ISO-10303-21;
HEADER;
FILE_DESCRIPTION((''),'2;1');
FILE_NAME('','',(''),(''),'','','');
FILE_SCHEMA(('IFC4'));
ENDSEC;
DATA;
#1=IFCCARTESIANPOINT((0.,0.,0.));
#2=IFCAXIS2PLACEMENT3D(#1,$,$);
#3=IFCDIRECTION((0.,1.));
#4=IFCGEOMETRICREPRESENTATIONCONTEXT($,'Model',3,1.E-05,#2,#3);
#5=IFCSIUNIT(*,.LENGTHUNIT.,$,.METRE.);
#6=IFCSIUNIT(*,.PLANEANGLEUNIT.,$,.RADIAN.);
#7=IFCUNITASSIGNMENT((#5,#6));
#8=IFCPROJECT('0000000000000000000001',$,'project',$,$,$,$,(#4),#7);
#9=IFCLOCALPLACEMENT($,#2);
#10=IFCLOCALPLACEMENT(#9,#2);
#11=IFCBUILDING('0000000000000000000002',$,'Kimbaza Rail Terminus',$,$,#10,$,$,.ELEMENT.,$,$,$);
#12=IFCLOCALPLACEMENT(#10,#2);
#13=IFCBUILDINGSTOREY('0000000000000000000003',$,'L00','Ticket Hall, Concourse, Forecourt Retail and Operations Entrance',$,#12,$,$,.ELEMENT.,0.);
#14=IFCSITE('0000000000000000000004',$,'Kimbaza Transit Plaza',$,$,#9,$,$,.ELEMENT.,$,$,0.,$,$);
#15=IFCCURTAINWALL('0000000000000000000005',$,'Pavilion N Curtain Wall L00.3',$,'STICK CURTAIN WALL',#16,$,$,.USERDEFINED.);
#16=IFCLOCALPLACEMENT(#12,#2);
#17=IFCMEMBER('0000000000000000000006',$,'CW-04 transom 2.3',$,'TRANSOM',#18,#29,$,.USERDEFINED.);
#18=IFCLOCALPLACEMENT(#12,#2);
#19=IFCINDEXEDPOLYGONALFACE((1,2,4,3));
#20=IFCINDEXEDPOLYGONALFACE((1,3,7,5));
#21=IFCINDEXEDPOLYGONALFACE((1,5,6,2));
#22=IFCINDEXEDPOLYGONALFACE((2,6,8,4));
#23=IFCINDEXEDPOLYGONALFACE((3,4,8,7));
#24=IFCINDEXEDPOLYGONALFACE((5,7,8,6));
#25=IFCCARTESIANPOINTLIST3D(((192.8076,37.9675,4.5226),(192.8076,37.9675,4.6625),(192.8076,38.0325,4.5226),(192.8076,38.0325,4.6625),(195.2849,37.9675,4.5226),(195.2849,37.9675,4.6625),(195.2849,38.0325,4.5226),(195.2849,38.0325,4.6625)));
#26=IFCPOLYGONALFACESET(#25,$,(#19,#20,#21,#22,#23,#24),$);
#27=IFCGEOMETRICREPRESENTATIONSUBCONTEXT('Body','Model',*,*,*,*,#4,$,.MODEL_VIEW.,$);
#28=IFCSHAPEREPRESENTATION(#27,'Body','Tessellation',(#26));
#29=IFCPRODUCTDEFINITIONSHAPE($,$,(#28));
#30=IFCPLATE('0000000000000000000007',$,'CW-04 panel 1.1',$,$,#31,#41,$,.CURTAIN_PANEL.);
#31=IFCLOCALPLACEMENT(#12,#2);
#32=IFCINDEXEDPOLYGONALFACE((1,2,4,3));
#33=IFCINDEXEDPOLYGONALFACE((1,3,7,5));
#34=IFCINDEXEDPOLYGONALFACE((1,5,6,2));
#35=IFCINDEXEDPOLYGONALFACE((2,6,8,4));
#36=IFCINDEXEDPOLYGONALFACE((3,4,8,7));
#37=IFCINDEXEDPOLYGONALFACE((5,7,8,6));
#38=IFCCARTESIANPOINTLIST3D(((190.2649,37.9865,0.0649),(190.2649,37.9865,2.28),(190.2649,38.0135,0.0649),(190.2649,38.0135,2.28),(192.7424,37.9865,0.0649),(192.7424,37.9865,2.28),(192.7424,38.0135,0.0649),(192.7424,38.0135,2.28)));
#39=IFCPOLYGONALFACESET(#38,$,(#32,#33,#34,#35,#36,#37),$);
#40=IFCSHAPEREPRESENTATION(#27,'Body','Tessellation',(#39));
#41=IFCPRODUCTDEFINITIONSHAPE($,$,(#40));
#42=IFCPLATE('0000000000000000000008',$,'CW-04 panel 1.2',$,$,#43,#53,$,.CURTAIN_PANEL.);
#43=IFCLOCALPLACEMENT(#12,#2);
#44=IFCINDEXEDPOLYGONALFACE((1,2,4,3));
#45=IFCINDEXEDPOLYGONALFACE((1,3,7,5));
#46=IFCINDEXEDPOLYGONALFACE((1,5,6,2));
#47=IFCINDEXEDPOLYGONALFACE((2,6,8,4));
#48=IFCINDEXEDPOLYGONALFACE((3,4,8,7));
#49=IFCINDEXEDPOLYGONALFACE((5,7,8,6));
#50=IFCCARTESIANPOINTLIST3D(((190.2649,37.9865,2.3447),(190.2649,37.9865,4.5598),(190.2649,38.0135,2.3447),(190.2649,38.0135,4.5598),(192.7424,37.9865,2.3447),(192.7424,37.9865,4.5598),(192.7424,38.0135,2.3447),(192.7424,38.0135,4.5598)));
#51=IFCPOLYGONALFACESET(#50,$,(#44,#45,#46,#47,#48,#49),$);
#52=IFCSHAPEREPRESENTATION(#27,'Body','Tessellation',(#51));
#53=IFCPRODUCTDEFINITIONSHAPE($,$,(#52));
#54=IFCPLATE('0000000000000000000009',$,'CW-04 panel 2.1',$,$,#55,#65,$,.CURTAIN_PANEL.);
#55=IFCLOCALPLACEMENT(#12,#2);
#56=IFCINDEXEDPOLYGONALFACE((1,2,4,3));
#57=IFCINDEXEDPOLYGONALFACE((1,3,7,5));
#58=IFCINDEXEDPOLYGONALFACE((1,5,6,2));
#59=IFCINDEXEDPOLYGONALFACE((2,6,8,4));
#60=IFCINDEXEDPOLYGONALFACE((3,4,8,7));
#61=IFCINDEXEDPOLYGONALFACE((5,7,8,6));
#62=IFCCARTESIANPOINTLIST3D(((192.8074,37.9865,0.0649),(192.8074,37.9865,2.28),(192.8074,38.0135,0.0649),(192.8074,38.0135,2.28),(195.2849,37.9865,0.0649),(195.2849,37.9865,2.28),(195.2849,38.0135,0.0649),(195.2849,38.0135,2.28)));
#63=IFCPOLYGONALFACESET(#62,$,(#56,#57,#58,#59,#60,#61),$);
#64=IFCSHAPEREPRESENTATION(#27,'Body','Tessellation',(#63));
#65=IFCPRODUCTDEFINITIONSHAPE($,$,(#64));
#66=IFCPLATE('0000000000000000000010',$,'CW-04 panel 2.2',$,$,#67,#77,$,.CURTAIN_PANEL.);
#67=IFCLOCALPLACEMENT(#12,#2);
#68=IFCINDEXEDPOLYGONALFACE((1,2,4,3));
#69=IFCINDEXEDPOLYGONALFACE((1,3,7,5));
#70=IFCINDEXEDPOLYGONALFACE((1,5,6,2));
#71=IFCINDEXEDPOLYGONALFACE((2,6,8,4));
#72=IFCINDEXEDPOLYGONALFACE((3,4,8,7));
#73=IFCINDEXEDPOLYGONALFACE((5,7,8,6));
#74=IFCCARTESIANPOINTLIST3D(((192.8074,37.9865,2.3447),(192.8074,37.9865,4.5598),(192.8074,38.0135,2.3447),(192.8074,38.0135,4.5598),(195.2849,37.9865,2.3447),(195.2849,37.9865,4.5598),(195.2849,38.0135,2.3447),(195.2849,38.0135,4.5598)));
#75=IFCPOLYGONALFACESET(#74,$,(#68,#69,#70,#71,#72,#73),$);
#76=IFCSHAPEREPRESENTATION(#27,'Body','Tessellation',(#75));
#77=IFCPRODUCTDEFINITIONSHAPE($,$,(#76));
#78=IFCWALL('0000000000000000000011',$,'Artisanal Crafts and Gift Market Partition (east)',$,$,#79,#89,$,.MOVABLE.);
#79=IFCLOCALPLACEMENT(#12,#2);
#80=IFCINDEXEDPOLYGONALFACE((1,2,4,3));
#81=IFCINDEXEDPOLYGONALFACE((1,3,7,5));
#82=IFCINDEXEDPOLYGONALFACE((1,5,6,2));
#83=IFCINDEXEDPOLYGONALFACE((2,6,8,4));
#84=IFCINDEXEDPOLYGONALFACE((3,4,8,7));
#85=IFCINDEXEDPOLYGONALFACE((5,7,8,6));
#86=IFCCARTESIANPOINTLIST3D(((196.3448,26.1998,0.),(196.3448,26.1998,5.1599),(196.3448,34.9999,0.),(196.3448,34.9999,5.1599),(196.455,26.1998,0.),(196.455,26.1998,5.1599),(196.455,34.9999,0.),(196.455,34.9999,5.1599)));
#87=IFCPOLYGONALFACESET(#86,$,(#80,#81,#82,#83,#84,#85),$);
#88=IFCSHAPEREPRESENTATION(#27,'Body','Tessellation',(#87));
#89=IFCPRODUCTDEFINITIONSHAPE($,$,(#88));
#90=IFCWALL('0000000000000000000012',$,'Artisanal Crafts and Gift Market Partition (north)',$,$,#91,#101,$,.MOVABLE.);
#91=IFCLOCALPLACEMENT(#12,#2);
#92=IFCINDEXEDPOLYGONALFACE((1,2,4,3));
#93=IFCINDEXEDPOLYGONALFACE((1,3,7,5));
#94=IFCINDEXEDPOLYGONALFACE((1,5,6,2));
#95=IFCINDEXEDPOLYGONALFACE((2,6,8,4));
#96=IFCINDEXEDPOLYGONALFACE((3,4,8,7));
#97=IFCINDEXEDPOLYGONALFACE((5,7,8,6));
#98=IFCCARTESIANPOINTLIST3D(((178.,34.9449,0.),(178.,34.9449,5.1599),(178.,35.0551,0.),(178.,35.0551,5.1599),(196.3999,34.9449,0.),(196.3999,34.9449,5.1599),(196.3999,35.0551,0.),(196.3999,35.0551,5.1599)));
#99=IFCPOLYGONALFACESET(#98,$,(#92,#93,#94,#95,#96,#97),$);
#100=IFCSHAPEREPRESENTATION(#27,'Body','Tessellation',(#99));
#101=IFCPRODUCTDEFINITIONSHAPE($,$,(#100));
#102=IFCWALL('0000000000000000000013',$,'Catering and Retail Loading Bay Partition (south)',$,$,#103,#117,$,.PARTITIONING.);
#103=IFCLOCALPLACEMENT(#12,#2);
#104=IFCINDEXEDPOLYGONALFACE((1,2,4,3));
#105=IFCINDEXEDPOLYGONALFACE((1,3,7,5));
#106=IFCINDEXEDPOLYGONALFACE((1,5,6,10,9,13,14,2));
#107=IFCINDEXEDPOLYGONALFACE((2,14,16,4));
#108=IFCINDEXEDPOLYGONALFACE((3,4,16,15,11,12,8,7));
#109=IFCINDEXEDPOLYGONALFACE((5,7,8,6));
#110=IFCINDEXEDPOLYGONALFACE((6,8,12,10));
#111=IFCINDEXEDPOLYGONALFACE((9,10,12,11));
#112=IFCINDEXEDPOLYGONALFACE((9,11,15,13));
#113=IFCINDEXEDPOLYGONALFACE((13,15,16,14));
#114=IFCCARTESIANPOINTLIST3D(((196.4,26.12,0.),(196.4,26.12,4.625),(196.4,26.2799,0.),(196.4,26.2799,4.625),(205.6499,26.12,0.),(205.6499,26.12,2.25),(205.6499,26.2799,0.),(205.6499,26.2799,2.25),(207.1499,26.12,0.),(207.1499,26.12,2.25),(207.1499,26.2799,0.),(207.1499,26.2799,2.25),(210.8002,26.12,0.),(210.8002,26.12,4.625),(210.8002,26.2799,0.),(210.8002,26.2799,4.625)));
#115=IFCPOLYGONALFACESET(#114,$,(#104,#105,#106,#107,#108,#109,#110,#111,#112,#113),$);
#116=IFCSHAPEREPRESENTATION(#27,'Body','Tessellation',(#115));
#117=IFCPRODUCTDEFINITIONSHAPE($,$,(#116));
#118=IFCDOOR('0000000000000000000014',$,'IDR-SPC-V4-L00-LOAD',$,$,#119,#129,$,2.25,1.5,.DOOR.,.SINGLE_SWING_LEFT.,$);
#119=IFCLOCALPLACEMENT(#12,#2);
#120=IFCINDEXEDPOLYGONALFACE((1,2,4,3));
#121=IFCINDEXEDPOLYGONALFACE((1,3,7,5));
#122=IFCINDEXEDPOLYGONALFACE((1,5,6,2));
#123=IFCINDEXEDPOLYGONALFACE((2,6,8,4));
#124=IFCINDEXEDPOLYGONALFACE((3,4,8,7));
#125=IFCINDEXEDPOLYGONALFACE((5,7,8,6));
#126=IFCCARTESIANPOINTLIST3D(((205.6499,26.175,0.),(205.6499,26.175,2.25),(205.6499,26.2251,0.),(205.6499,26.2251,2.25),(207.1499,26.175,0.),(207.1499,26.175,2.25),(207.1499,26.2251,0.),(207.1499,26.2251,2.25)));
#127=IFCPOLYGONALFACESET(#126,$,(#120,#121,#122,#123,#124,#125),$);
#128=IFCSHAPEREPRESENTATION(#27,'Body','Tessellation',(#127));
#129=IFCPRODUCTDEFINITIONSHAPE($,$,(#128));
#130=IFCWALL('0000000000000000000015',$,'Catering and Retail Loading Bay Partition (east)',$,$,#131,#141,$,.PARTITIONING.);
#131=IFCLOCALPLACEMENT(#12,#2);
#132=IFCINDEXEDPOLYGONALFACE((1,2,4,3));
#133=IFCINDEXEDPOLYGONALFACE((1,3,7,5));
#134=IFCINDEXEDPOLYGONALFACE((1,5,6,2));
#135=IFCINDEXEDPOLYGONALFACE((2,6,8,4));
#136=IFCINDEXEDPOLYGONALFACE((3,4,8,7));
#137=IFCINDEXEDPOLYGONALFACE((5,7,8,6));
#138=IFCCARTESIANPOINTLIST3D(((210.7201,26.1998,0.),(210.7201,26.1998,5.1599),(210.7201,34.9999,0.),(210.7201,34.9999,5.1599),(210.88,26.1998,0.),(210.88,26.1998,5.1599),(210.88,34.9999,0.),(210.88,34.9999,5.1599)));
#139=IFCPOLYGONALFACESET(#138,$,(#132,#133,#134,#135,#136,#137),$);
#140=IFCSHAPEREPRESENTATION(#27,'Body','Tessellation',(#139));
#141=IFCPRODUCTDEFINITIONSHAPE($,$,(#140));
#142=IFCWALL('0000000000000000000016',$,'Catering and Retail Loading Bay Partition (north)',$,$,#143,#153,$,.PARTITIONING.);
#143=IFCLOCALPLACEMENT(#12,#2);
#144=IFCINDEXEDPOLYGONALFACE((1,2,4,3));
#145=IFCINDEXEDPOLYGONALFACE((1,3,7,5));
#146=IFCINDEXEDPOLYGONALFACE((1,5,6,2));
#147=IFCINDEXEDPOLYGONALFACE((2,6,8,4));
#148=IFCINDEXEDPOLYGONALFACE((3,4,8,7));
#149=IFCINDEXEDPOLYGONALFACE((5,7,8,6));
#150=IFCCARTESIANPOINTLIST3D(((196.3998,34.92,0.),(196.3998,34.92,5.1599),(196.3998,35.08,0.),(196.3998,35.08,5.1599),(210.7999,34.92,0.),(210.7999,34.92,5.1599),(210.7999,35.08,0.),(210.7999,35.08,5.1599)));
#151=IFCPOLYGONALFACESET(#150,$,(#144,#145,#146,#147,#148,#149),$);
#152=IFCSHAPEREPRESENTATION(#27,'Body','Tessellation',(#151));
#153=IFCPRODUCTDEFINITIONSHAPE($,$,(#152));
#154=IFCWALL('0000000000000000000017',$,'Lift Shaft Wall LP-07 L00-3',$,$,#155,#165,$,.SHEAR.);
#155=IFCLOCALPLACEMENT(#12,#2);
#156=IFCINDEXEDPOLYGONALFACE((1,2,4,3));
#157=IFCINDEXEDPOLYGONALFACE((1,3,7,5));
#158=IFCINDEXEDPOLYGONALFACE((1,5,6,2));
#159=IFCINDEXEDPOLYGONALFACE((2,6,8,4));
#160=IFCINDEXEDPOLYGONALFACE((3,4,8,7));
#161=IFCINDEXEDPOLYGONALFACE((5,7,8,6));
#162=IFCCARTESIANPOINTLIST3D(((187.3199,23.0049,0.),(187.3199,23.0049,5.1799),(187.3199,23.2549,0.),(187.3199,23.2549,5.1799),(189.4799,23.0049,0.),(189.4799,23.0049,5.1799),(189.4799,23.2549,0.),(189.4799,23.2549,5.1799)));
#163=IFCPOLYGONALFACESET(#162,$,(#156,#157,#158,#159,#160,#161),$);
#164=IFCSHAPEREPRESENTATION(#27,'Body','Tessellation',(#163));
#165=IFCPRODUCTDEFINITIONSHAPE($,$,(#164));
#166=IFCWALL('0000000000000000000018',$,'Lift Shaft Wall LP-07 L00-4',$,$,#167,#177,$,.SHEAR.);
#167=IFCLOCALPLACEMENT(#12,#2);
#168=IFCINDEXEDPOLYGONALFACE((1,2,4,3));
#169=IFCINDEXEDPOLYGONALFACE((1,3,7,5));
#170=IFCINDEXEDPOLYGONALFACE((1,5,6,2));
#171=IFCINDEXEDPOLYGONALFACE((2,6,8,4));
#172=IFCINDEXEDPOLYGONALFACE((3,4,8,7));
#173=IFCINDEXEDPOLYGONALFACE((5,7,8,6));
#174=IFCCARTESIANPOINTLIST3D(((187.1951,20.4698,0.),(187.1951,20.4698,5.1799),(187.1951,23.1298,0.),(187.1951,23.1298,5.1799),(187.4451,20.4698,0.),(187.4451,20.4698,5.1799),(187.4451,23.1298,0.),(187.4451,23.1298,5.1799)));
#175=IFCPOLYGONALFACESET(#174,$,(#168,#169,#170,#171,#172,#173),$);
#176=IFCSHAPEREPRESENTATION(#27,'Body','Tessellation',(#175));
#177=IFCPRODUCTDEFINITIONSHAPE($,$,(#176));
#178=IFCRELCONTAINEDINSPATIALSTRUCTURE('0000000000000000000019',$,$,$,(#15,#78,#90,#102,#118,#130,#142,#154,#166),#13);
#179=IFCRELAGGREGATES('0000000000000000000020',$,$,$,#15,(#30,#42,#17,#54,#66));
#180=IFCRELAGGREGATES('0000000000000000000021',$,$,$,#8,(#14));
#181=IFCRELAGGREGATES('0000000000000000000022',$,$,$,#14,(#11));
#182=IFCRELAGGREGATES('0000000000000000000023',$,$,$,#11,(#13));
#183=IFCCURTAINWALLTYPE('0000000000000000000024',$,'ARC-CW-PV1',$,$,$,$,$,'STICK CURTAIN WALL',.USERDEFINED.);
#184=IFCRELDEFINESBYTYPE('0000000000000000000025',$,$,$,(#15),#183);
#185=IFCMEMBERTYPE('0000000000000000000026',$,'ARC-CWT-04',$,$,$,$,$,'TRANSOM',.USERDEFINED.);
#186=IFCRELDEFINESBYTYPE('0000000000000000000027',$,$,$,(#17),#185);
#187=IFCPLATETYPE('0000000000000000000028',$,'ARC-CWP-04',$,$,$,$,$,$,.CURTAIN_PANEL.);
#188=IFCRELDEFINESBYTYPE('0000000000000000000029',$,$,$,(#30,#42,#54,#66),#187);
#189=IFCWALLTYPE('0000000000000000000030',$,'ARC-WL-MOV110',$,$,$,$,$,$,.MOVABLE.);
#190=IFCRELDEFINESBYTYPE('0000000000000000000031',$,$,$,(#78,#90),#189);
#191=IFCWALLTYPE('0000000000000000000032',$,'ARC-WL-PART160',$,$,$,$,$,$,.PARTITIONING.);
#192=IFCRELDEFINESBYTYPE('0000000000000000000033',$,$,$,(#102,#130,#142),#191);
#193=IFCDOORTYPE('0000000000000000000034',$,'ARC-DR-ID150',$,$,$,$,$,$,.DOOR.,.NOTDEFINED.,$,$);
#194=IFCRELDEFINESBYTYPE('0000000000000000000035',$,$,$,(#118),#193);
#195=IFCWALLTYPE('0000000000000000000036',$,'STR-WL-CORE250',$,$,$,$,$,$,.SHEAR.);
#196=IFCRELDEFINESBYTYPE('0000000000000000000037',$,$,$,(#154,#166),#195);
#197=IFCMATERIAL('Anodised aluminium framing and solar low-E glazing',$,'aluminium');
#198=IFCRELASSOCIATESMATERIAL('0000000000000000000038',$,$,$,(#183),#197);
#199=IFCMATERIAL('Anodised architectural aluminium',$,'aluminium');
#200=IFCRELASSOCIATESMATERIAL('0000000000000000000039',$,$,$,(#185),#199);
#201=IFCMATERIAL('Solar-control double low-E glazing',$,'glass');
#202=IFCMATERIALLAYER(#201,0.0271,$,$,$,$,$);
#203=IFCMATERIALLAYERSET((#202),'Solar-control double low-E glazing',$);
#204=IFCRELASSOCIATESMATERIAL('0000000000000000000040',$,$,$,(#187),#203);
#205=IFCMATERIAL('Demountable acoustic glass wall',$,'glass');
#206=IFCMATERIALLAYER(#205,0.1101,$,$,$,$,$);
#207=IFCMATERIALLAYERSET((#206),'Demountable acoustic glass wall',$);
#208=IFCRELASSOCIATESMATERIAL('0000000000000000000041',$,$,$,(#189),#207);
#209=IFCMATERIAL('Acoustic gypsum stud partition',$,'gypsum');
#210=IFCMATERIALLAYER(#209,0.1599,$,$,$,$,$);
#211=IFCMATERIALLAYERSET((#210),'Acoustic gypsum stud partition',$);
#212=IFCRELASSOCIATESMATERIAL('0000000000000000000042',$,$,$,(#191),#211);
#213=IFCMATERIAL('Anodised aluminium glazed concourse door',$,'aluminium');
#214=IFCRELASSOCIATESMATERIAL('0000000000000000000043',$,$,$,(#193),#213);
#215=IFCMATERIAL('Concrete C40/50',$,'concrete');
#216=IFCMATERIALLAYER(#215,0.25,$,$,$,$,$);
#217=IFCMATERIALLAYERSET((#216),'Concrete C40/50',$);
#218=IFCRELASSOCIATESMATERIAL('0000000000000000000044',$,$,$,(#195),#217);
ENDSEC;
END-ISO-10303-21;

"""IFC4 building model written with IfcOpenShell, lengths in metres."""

from ifc_helpers import new_model, si_unit, direction, frame, frame_2d, origin, origin_2d, place, context, subcontext, project, spatial, rectangle, extrude, material, layer, layer_set, material_profile, profile_set, type_object, element, fill, aggregate, save


model = new_model("IFC4")

# Units and contexts
model_context = context("Model", 3, precision=1e-05, world=origin(), true_north=direction((0.0, 1.0)))
body_context = subcontext(model_context, "Body", "Model", "MODEL_VIEW")
ifc_project = project(units=[si_unit("LENGTHUNIT", "METRE"), si_unit("PLANEANGLEUNIT", "RADIAN")], contexts=[model_context])

# Site, building, storey
site_placement = place(None, origin())
site = spatial("IfcSite", under=ifc_project, at=site_placement, Name="Kimbaza Transit Plaza", CompositionType="ELEMENT", RefElevation=0.0)
building_placement = place(site_placement, origin())
building = spatial("IfcBuilding", under=site, at=building_placement, Name="Kimbaza Rail Terminus", CompositionType="ELEMENT")
storey_placement = place(building_placement, origin())
storey = spatial("IfcBuildingStorey", under=building, at=storey_placement, Name="L00", Description="Ticket Hall, Concourse, Forecourt Retail and Operations Entrance", CompositionType="ELEMENT", Elevation=0.0)

# Curtain wall, member, plates
ifc_material_1 = material(Name="Anodised aluminium framing and solar low-E glazing", Category="aluminium")
curtain_wall_type = type_object("IfcCurtainWallType", Name="ARC-CW-PV1", ElementType="STICK CURTAIN WALL", PredefinedType="USERDEFINED", material=ifc_material_1)
curtain_wall_placement = place(storey_placement, origin())
curtain_wall = element("IfcCurtainWall", 1, at=curtain_wall_placement, inside=storey, type_object=curtain_wall_type, Name="Pavilion N Curtain Wall L00.3", ObjectType="STICK CURTAIN WALL", PredefinedType="USERDEFINED")
ifc_material_2 = material(Name="Anodised architectural aluminium", Category="aluminium")
ifc_material_profile_1 = material_profile(ifc_material_2, rectangle(XDim=0.0649, YDim=0.1399, at=origin_2d()), Name="TRANSOM 65x140")
ifc_profile_set_1 = profile_set([ifc_material_profile_1], Name="Anodised architectural aluminium")
member_type_1 = type_object("IfcMemberType", Name="ARC-CWT-04", ElementType="TRANSOM", PredefinedType="USERDEFINED", material=ifc_profile_set_1)
member_1_placement = place(storey_placement, frame((192.8076, 38.0, 4.5925), z_axis=(1.0, 0.0, 0.0), x_axis=(0.0, 1.0, 0.0)))
member_1 = element("IfcMember", 2, at=member_1_placement, type_object=member_type_1, Name="CW-04 transom 2.3", ObjectType="TRANSOM", PredefinedType="USERDEFINED", context=body_context, shape_type="SweptSolid", body=[
    extrude(rectangle(XDim=0.0649, YDim=0.1399, at=origin_2d()), origin(), (0.0, 0.0, 1.0), 2.4773),
])
ifc_material_3 = material(Name="Solar-control double low-E glazing", Category="glass")
ifc_layer_1 = layer(ifc_material_3, 0.0271)
ifc_layer_set_1 = layer_set([ifc_layer_1], Name="Solar-control double low-E glazing")
plate_type = type_object("IfcPlateType", Name="ARC-CWP-04", PredefinedType="CURTAIN_PANEL", material=ifc_layer_set_1)
plate_1_placement = place(storey_placement, frame((191.5037, 38.0, 0.0649), z_axis=(0.0, 0.0, 1.0), x_axis=(1.0, 0.0, 0.0)))
plate_1 = element("IfcPlate", 3, at=plate_1_placement, type_object=plate_type, Name="CW-04 panel 1.1", PredefinedType="CURTAIN_PANEL", context=body_context, shape_type="SweptSolid", body=[
    extrude(rectangle(XDim=2.4775, YDim=0.0271, at=origin_2d()), origin(), (0.0, 0.0, 1.0), 2.2151),
])
plate_2_placement = place(storey_placement, frame((191.5037, 38.0, 2.3447), z_axis=(0.0, 0.0, 1.0), x_axis=(1.0, 0.0, 0.0)))
plate_2 = element("IfcPlate", 4, at=plate_2_placement, type_object=plate_type, Name="CW-04 panel 1.2", PredefinedType="CURTAIN_PANEL", context=body_context, shape_type="SweptSolid", body=[
    extrude(rectangle(XDim=2.4775, YDim=0.0271, at=origin_2d()), origin(), (0.0, 0.0, 1.0), 2.2151),
])
plate_3_placement = place(storey_placement, frame((194.0461, 38.0, 0.0649), z_axis=(0.0, 0.0, 1.0), x_axis=(1.0, 0.0, 0.0)))
plate_3 = element("IfcPlate", 5, at=plate_3_placement, type_object=plate_type, Name="CW-04 panel 2.1", PredefinedType="CURTAIN_PANEL", context=body_context, shape_type="SweptSolid", body=[
    extrude(rectangle(XDim=2.4775, YDim=0.0271, at=origin_2d()), origin(), (0.0, 0.0, 1.0), 2.2151),
])
plate_4_placement = place(storey_placement, frame((194.0461, 38.0, 2.3447), z_axis=(0.0, 0.0, 1.0), x_axis=(1.0, 0.0, 0.0)))
plate_4 = element("IfcPlate", 6, at=plate_4_placement, type_object=plate_type, Name="CW-04 panel 2.2", PredefinedType="CURTAIN_PANEL", context=body_context, shape_type="SweptSolid", body=[
    extrude(rectangle(XDim=2.4775, YDim=0.0271, at=origin_2d()), origin(), (0.0, 0.0, 1.0), 2.2151),
])
aggregate(curtain_wall, [plate_1, plate_2, member_1, plate_3, plate_4])

# Walls
ifc_material_4 = material(Name="Demountable acoustic glass wall", Category="glass")
ifc_layer_2 = layer(ifc_material_4, 0.1101)
ifc_layer_set_2 = layer_set([ifc_layer_2], Name="Demountable acoustic glass wall")
wall_type_1 = type_object("IfcWallType", Name="ARC-WL-MOV110", PredefinedType="MOVABLE", material=ifc_layer_set_2)
wall_1_placement = place(storey_placement, frame((196.3999, 26.2, 0.0), z_axis=(0.0, 0.0, 1.0), x_axis=(0.0, 1.0, 0.0)))
element("IfcWall", 7, at=wall_1_placement, inside=storey, type_object=wall_type_1, Name="Artisanal Crafts and Gift Market Partition (east)", PredefinedType="MOVABLE", context=body_context, shape_type="SweptSolid", body=[
    extrude(rectangle(XDim=8.8, YDim=0.1101, at=frame_2d((4.3999, 0.0))), origin(), (0.0, 0.0, 1.0), 5.1599),
])
wall_2_placement = place(storey_placement, frame((196.3999, 35.0, 0.0), z_axis=(0.0, 0.0, 1.0), x_axis=(-1.0, 0.0, 0.0)))
element("IfcWall", 8, at=wall_2_placement, inside=storey, type_object=wall_type_1, Name="Artisanal Crafts and Gift Market Partition (north)", PredefinedType="MOVABLE", context=body_context, shape_type="SweptSolid", body=[
    extrude(rectangle(XDim=18.3999, YDim=0.1101, at=frame_2d((9.2, 0.0))), origin(), (0.0, 0.0, 1.0), 5.1599),
])

# Wall, opening, door
ifc_material_5 = material(Name="Acoustic gypsum stud partition", Category="gypsum")
ifc_layer_3 = layer(ifc_material_5, 0.1599)
ifc_layer_set_3 = layer_set([ifc_layer_3], Name="Acoustic gypsum stud partition")
wall_type_2 = type_object("IfcWallType", Name="ARC-WL-PART160", PredefinedType="PARTITIONING", material=ifc_layer_set_3)
wall_3_placement = place(storey_placement, frame((196.3999, 26.2, 0.0), z_axis=(0.0, 0.0, 1.0), x_axis=(1.0, 0.0, 0.0)))
wall_3 = element("IfcWall", 9, at=wall_3_placement, inside=storey, type_object=wall_type_2, Name="Catering and Retail Loading Bay Partition (south)", PredefinedType="PARTITIONING", context=body_context, shape_type="SweptSolid", body=[
    extrude(rectangle(XDim=14.4001, YDim=0.1599, at=frame_2d((7.2002, 0.0))), origin(), (0.0, 0.0, 1.0), 4.625),
])
opening_1_placement = place(wall_3_placement, frame((10.75, 0.0, 0.0), z_axis=(0.0, 0.0, 1.0), x_axis=(-1.0, 0.0, 0.0)))
opening_1 = element("IfcOpeningElement", 10, at=opening_1_placement, cuts=wall_3, PredefinedType="OPENING", context=body_context, shape_type="SweptSolid", body=[
    extrude(rectangle(XDim=1.5, YDim=2.25, at=frame_2d((0.75, 1.125))), frame((0.0, 0.0898, 0.0), z_axis=(0.0, -1.0, 0.0), x_axis=(1.0, 0.0, 0.0)), (0.0, 0.0, 1.0), 0.1799),
])
ifc_material_6 = material(Name="Anodised aluminium glazed concourse door", Category="aluminium")
door_type_1 = type_object("IfcDoorType", Name="ARC-DR-ID150", OperationType="NOTDEFINED", PredefinedType="DOOR", material=ifc_material_6)
door_1_placement = place(opening_1_placement, origin())
door_1 = element("IfcDoor", 11, at=door_1_placement, inside=storey, type_object=door_type_1, Name="IDR-SPC-V4-L00-LOAD", OperationType="SINGLE_SWING_LEFT", OverallHeight=2.25, OverallWidth=1.5, PredefinedType="DOOR", context=body_context, shape_type="SweptSolid", body=[
    extrude(rectangle(XDim=1.5, YDim=2.25, at=frame_2d((0.75, 1.125))), frame((0.0, 0.0249, 0.0), z_axis=(0.0, -1.0, 0.0), x_axis=(1.0, 0.0, 0.0)), (0.0, 0.0, 1.0), 0.05),
])
fill(opening_1, door_1)

# Walls
wall_4_placement = place(storey_placement, frame((210.8, 26.2, 0.0), z_axis=(0.0, 0.0, 1.0), x_axis=(0.0, 1.0, 0.0)))
element("IfcWall", 12, at=wall_4_placement, inside=storey, type_object=wall_type_2, Name="Catering and Retail Loading Bay Partition (east)", PredefinedType="PARTITIONING", context=body_context, shape_type="SweptSolid", body=[
    extrude(rectangle(XDim=8.8, YDim=0.1599, at=frame_2d((4.3999, 0.0))), origin(), (0.0, 0.0, 1.0), 5.1599),
])
wall_5_placement = place(storey_placement, frame((210.8, 35.0, 0.0), z_axis=(0.0, 0.0, 1.0), x_axis=(-1.0, 0.0, 0.0)))
element("IfcWall", 13, at=wall_5_placement, inside=storey, type_object=wall_type_2, Name="Catering and Retail Loading Bay Partition (north)", PredefinedType="PARTITIONING", context=body_context, shape_type="SweptSolid", body=[
    extrude(rectangle(XDim=14.4001, YDim=0.1599, at=frame_2d((7.2002, 0.0))), origin(), (0.0, 0.0, 1.0), 5.1599),
])
ifc_material_7 = material(Name="Concrete C40/50", Category="concrete")
ifc_layer_4 = layer(ifc_material_7, 0.25)
ifc_layer_set_4 = layer_set([ifc_layer_4], Name="Concrete C40/50")
wall_type_3 = type_object("IfcWallType", Name="STR-WL-CORE250", PredefinedType="SHEAR", material=ifc_layer_set_4)
wall_6_placement = place(storey_placement, frame((189.48, 23.1299, 0.0), z_axis=(0.0, 0.0, 1.0), x_axis=(-1.0, 0.0, 0.0)))
element("IfcWall", 14, at=wall_6_placement, inside=storey, type_object=wall_type_3, Name="Lift Shaft Wall LP-07 L00-3", PredefinedType="SHEAR", context=body_context, shape_type="SweptSolid", body=[
    extrude(rectangle(XDim=2.1599, YDim=0.25, at=frame_2d((1.0801, 0.0))), origin(), (0.0, 0.0, 1.0), 5.1799),
])
wall_7_placement = place(storey_placement, frame((187.3201, 23.1299, 0.0), z_axis=(0.0, 0.0, 1.0), x_axis=(0.0, -1.0, 0.0)))
element("IfcWall", 15, at=wall_7_placement, inside=storey, type_object=wall_type_3, Name="Lift Shaft Wall LP-07 L00-4", PredefinedType="SHEAR", context=body_context, shape_type="SweptSolid", body=[
    extrude(rectangle(XDim=2.6599, YDim=0.25, at=frame_2d((1.3301, 0.0))), origin(), (0.0, 0.0, 1.0), 5.1799),
])

save(model, "model.ifc")
